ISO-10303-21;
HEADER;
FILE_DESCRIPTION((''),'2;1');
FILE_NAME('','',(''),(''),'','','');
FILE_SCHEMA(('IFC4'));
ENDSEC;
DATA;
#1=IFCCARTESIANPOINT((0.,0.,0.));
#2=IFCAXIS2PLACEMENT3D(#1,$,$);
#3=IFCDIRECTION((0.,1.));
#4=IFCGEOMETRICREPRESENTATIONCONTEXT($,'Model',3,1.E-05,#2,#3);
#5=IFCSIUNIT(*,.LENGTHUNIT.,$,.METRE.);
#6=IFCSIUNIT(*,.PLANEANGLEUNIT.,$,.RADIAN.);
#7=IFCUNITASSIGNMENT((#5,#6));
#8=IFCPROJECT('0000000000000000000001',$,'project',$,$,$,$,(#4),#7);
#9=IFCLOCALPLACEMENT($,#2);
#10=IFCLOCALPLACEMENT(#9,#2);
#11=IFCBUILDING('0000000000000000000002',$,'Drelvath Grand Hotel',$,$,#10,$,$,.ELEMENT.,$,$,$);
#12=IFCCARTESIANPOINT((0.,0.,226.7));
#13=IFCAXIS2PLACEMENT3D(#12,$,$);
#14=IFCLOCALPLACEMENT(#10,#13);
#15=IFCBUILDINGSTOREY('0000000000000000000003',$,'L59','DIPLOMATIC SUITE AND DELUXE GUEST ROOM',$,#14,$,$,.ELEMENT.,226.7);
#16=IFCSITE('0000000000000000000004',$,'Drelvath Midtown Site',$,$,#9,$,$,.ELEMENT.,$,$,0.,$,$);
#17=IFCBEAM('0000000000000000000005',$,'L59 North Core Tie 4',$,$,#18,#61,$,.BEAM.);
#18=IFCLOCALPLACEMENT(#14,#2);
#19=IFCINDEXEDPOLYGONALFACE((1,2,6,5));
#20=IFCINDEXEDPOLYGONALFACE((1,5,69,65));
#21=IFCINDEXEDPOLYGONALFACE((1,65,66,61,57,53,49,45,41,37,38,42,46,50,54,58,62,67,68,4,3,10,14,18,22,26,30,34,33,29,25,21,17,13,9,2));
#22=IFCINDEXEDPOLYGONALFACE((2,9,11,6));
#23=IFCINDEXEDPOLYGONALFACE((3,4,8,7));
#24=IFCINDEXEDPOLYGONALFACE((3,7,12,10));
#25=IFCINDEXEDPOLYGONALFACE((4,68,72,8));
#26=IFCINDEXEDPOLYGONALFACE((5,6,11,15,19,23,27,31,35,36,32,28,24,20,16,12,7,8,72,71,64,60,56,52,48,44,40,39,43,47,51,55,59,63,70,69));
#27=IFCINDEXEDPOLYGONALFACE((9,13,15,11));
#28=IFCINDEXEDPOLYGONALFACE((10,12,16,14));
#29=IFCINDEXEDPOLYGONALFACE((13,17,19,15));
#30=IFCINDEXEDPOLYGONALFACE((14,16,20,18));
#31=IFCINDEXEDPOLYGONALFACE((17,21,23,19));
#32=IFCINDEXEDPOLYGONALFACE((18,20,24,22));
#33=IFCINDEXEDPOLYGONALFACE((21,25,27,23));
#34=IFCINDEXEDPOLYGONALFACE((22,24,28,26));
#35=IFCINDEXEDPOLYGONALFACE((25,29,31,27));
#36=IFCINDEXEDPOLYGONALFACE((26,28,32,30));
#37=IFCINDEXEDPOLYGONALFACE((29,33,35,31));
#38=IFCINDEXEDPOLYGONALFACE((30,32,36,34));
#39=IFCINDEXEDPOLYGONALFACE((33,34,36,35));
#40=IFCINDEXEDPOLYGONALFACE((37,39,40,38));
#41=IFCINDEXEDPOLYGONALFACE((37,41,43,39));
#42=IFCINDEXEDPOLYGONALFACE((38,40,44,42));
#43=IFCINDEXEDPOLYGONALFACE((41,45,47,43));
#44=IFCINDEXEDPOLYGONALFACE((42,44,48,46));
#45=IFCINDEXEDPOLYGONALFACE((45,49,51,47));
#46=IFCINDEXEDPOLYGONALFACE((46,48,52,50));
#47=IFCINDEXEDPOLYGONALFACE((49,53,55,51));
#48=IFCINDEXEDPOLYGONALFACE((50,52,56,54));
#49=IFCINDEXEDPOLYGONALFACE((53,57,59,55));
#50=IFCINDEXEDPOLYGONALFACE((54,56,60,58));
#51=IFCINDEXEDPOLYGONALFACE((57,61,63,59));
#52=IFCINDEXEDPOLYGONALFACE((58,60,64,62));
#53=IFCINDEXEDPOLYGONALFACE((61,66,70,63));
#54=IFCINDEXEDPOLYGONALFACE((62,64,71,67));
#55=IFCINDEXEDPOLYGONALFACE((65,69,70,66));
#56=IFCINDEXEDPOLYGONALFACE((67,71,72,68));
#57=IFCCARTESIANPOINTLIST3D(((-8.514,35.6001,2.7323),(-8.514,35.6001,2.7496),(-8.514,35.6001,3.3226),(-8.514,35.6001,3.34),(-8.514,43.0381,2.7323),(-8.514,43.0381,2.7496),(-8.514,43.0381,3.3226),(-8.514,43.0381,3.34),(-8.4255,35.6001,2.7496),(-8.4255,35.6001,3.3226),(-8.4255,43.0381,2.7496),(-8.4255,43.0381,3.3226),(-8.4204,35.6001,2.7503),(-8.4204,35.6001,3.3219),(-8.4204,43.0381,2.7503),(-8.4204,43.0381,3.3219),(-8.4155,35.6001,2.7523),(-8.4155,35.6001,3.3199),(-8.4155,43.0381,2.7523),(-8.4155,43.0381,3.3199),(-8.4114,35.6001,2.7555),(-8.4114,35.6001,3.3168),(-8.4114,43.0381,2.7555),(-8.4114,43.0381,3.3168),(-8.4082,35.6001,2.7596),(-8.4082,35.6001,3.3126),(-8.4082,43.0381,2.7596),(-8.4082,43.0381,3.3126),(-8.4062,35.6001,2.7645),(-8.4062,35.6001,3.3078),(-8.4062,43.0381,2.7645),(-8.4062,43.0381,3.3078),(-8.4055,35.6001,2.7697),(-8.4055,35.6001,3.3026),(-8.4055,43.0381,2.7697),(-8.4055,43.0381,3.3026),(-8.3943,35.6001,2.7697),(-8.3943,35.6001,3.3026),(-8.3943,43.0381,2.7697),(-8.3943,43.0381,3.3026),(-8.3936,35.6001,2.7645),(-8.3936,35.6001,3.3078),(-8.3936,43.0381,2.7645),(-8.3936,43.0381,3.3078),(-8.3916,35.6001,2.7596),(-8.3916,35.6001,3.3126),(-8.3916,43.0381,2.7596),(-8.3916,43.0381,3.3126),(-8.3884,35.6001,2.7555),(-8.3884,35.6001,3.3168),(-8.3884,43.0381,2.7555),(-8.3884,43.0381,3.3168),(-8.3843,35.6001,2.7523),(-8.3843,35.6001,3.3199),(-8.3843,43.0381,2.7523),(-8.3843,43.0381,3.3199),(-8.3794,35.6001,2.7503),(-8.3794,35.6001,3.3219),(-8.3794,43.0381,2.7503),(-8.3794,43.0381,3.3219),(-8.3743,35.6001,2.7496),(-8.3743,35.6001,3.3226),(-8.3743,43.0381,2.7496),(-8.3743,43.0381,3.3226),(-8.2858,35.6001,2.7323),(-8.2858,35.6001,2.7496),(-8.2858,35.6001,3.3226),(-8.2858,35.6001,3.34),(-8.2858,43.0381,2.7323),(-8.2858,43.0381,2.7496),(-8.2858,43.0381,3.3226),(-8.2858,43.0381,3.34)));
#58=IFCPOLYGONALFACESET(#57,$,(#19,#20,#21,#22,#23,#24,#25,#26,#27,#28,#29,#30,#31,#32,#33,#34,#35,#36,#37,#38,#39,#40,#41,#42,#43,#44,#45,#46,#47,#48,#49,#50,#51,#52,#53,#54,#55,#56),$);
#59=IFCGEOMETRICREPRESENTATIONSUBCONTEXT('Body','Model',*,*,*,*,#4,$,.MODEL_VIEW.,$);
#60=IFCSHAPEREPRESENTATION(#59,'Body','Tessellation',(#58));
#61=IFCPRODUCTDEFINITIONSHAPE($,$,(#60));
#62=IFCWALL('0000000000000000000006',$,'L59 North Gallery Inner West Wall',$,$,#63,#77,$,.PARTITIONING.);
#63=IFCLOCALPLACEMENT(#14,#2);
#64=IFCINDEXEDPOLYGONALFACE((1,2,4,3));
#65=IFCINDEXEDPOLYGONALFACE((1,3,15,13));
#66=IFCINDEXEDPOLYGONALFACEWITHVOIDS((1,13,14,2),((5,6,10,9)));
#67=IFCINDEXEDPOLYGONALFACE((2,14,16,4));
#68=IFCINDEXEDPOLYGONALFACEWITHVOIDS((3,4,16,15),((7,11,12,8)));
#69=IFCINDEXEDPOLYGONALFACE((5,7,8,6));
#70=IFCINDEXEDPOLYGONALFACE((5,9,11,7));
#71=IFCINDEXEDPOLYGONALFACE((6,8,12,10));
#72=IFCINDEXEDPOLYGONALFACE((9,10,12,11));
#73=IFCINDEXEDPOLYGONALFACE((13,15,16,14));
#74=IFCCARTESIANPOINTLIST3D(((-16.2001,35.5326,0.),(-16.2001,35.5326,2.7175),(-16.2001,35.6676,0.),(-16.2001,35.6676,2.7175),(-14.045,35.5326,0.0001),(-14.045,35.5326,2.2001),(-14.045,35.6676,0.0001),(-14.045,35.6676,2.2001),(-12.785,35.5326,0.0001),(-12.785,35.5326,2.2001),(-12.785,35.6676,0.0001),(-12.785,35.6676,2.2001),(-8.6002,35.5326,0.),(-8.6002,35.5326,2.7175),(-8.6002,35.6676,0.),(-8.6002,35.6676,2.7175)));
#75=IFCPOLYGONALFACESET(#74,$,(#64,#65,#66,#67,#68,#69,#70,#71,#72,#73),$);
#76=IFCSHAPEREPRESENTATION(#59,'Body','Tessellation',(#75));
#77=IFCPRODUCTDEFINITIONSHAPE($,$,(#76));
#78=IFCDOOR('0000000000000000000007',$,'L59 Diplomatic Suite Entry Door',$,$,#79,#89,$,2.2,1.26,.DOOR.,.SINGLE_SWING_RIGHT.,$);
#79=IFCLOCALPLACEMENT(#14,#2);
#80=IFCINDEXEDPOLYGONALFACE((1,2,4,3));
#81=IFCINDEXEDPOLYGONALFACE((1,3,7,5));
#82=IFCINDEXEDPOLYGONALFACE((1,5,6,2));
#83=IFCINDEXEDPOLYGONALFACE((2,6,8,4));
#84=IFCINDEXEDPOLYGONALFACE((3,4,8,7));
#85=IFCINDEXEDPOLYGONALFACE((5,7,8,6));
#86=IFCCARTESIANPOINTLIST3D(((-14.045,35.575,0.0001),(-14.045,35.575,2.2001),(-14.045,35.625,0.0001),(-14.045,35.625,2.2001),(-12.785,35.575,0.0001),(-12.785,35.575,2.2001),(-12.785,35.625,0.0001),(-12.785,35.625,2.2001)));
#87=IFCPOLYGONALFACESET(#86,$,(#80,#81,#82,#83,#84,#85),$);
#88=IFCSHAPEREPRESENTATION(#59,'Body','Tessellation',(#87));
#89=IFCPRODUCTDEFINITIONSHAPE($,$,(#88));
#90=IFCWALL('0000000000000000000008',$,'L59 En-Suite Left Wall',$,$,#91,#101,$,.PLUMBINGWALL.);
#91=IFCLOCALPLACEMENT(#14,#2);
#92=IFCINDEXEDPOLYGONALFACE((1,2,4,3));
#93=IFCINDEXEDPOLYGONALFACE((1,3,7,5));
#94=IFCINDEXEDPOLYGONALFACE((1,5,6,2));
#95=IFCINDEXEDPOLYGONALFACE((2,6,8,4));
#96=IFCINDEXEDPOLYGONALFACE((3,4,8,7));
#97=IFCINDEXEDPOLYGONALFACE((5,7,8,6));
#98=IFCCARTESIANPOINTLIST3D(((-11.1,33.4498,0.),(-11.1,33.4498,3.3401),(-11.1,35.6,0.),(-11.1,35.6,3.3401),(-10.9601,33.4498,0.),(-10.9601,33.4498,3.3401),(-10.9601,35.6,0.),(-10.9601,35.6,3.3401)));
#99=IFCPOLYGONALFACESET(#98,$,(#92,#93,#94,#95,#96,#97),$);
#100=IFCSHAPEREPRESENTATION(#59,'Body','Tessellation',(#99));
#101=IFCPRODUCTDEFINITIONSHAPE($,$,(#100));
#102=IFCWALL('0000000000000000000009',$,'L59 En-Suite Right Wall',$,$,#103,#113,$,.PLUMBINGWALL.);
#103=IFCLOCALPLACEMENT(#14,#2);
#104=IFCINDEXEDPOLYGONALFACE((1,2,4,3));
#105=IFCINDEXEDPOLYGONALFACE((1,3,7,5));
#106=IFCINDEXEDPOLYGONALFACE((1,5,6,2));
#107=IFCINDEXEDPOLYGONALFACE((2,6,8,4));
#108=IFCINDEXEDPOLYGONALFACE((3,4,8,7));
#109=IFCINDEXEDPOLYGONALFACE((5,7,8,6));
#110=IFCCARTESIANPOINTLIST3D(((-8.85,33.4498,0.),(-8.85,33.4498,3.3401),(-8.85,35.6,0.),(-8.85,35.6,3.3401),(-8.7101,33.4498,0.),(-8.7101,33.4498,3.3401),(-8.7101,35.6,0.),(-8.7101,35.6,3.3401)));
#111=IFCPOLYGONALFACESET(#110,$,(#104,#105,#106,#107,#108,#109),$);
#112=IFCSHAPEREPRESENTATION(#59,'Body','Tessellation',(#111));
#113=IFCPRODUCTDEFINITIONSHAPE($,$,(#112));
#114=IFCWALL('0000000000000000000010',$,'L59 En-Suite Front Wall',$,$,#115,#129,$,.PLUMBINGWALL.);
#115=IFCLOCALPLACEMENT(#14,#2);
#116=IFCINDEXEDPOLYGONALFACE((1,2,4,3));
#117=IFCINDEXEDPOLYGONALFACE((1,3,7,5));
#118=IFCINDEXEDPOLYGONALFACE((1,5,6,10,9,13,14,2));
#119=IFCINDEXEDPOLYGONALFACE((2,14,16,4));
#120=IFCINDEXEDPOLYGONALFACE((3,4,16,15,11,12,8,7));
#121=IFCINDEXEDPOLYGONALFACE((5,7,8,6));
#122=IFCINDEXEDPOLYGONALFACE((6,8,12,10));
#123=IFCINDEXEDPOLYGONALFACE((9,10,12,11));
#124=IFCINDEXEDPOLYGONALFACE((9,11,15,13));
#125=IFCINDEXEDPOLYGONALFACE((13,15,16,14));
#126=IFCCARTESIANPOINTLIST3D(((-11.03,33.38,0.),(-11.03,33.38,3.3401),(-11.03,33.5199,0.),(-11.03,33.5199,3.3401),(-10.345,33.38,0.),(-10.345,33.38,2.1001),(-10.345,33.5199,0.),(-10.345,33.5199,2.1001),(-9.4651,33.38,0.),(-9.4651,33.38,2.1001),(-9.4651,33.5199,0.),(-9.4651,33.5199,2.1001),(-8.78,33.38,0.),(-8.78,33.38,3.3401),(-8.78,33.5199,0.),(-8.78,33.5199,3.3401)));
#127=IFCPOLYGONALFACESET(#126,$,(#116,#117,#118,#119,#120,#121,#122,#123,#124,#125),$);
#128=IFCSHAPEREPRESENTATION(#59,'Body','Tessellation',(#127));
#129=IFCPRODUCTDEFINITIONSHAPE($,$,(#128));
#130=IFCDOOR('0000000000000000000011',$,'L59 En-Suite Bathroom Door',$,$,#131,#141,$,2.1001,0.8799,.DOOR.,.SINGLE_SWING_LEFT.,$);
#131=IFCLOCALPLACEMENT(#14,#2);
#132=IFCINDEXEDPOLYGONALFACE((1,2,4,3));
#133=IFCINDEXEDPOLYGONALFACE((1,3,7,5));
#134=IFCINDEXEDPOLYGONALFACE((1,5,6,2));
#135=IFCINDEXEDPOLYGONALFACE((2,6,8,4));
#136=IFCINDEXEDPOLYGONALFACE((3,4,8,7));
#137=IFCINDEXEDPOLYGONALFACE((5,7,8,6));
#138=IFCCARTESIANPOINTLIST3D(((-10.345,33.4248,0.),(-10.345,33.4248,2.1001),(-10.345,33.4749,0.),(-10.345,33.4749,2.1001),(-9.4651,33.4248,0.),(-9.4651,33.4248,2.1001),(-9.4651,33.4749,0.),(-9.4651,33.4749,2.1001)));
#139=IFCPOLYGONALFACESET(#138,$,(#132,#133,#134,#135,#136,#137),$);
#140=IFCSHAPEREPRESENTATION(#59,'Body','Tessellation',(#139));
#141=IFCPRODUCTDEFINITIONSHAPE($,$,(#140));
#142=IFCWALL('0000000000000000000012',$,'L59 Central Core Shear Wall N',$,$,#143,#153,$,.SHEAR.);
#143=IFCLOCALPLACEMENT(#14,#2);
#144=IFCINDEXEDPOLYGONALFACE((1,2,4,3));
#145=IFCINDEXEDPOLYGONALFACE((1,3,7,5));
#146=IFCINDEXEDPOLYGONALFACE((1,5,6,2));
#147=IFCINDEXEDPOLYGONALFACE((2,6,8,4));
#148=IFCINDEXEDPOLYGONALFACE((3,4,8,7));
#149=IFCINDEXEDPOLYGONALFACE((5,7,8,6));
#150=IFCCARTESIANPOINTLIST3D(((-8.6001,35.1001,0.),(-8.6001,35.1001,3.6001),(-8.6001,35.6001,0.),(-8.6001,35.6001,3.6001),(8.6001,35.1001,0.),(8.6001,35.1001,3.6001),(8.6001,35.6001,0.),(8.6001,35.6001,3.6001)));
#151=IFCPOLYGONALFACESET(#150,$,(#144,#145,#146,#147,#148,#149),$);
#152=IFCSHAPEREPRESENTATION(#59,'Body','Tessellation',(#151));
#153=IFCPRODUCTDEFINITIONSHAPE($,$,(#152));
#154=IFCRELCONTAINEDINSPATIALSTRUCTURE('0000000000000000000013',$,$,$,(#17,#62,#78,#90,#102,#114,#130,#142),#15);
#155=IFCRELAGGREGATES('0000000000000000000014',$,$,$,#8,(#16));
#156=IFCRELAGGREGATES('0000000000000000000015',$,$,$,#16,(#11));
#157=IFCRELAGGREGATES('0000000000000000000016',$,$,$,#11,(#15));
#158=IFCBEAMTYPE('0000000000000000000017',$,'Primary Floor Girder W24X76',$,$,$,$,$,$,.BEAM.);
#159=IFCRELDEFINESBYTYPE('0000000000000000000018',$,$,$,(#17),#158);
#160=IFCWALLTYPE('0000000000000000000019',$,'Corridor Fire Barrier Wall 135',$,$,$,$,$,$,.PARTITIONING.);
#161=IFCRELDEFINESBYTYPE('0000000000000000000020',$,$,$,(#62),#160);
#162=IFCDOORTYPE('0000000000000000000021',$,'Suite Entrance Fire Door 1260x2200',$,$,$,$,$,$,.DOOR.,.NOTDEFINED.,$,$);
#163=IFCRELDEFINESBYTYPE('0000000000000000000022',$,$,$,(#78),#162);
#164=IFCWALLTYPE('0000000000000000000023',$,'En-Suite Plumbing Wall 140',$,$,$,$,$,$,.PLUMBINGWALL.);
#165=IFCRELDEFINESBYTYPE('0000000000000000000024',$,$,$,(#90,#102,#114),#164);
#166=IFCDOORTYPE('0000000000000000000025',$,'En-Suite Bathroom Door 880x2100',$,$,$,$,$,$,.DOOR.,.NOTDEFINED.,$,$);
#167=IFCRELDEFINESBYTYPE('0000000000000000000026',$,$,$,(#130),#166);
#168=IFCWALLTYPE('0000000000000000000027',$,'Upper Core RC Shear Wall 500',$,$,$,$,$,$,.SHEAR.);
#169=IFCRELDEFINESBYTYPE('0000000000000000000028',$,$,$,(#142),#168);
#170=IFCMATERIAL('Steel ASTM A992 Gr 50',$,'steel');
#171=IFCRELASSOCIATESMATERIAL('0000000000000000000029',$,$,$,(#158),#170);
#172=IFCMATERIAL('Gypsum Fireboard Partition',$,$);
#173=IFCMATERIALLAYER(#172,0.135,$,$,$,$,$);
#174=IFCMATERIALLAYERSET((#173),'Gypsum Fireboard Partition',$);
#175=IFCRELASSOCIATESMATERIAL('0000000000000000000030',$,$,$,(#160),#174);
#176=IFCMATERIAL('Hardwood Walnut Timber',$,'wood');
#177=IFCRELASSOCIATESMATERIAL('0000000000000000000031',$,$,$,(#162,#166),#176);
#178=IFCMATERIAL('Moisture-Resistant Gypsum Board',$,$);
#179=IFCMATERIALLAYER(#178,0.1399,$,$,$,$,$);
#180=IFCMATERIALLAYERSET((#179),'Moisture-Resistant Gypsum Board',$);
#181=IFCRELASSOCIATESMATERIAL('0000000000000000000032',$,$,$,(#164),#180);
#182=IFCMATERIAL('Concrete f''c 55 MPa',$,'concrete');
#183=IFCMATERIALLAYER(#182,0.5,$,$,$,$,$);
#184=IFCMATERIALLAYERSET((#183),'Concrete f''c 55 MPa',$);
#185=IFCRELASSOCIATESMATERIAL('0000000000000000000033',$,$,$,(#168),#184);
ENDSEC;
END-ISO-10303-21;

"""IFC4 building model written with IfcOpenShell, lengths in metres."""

from ifc_helpers import new_model, si_unit, direction, frame, frame_2d, origin, origin_2d, place, context, subcontext, project, spatial, rectangle, i_section, extrude, material, layer, layer_set, material_profile, profile_set, type_object, element, fill, save


model = new_model("IFC4")

# Units and contexts
model_context = context("Model", 3, precision=1e-05, world=origin(), true_north=direction((0.0, 1.0)))
body_context = subcontext(model_context, "Body", "Model", "MODEL_VIEW")
ifc_project = project(units=[si_unit("LENGTHUNIT", "METRE"), si_unit("PLANEANGLEUNIT", "RADIAN")], contexts=[model_context])

# Site, building, storey
site_placement = place(None, origin())
site = spatial("IfcSite", under=ifc_project, at=site_placement, Name="Drelvath Midtown Site", CompositionType="ELEMENT", RefElevation=0.0)
building_placement = place(site_placement, origin())
building = spatial("IfcBuilding", under=site, at=building_placement, Name="Drelvath Grand Hotel", CompositionType="ELEMENT")
storey_placement = place(building_placement, frame((0.0, 0.0, 226.7)))
storey = spatial("IfcBuildingStorey", under=building, at=storey_placement, Name="L59", Description="DIPLOMATIC SUITE AND DELUXE GUEST ROOM", CompositionType="ELEMENT", Elevation=226.7)

# Beam
ifc_material_1 = material(Name="Concrete f'c 55 MPa", Category="concrete")
ifc_material_2 = material(Name="Steel ASTM A992 Gr 50", Category="steel")
ifc_material_profile_1 = material_profile(ifc_material_2, i_section(OverallWidth=0.2283, OverallDepth=0.6077, WebThickness=0.0112, FlangeThickness=0.0173, FilletRadius=0.02, at=origin_2d()), Name="W24X76")
ifc_profile_set_1 = profile_set([ifc_material_profile_1], Name="Steel ASTM A992 Gr 50")
beam_type_1 = type_object("IfcBeamType", Name="Primary Floor Girder W24X76", PredefinedType="BEAM", material=ifc_profile_set_1)
for number, where, z_axis, x_axis, name in (
    (1, (-8.3999, 35.6001, 3.0361), (0.0, 1.0, 0.0), (-1.0, 0.0, 0.0), "L59 North Core Tie 4"),
):
    element("IfcBeam", number, at=place(storey_placement, frame(where, z_axis=z_axis, x_axis=x_axis)), inside=storey, type_object=beam_type_1, Name=name, PredefinedType="BEAM", context=body_context, shape_type="SweptSolid", body=[
        extrude(i_section(OverallWidth=0.2283, OverallDepth=0.6077, WebThickness=0.0112, FlangeThickness=0.0173, FilletRadius=0.02, at=origin_2d()), origin(), (0.0, 0.0, 1.0), 7.438),
    ])

# Wall, opening, door
ifc_material_3 = material(Name="Gypsum Fireboard Partition")
ifc_layer_1 = layer(ifc_material_3, 0.135)
ifc_layer_set_1 = layer_set([ifc_layer_1], Name="Gypsum Fireboard Partition")
wall_type_1 = type_object("IfcWallType", Name="Corridor Fire Barrier Wall 135", PredefinedType="PARTITIONING", material=ifc_layer_set_1)
wall_1_placement = place(storey_placement, frame((-16.2, 35.6001, 0.0), z_axis=(0.0, 0.0, 1.0), x_axis=(1.0, 0.0, 0.0)))
wall_1 = element("IfcWall", 2, at=wall_1_placement, inside=storey, type_object=wall_type_1, Name="L59 North Gallery Inner West Wall", PredefinedType="PARTITIONING", context=body_context, shape_type="SweptSolid", body=[
    extrude(rectangle(XDim=7.5999, YDim=0.135, at=frame_2d((3.7998, 0.0))), origin(), (0.0, 0.0, 1.0), 2.7175),
])
opening_1_placement = place(wall_1_placement, frame((2.155, 0.0, 0.0)))
opening_1 = element("IfcOpeningElement", 3, at=opening_1_placement, cuts=wall_1, PredefinedType="OPENING", context=body_context, shape_type="SweptSolid", body=[
    extrude(rectangle(XDim=1.26, YDim=2.2, at=frame_2d((0.6299, 1.1001))), frame((0.0, 0.0774, 0.0), z_axis=(0.0, -1.0, 0.0), x_axis=(1.0, 0.0, 0.0)), (0.0, 0.0, 1.0), 0.155),
])
ifc_material_4 = material(Name="Hardwood Walnut Timber", Category="wood")
door_type_1 = type_object("IfcDoorType", Name="Suite Entrance Fire Door 1260x2200", OperationType="NOTDEFINED", PredefinedType="DOOR", material=ifc_material_4)
door_1_placement = place(opening_1_placement, origin())
door_1 = element("IfcDoor", 4, at=door_1_placement, inside=storey, type_object=door_type_1, Name="L59 Diplomatic Suite Entry Door", OperationType="SINGLE_SWING_RIGHT", OverallHeight=2.2, OverallWidth=1.26, PredefinedType="DOOR", context=body_context, shape_type="SweptSolid", body=[
    extrude(rectangle(XDim=1.26, YDim=2.2, at=frame_2d((0.6299, 1.1001))), frame((0.0, 0.0249, 0.0), z_axis=(0.0, -1.0, 0.0), x_axis=(1.0, 0.0, 0.0)), (0.0, 0.0, 1.0), 0.05),
])
fill(opening_1, door_1)

# Walls
ifc_material_5 = material(Name="Moisture-Resistant Gypsum Board")
ifc_layer_2 = layer(ifc_material_5, 0.1399)
ifc_layer_set_2 = layer_set([ifc_layer_2], Name="Moisture-Resistant Gypsum Board")
wall_type_2 = type_object("IfcWallType", Name="En-Suite Plumbing Wall 140", PredefinedType="PLUMBINGWALL", material=ifc_layer_set_2)
for number, where, z_axis, x_axis, name in (
    (5, (-11.03, 35.6001, 0.0), (0.0, 0.0, 1.0), (0.0, -1.0, 0.0), "L59 En-Suite Left Wall"),
    (6, (-8.78, 35.6001, 0.0), (0.0, 0.0, 1.0), (0.0, -1.0, 0.0), "L59 En-Suite Right Wall"),
):
    element("IfcWall", number, at=place(storey_placement, frame(where, z_axis=z_axis, x_axis=x_axis)), inside=storey, type_object=wall_type_2, Name=name, PredefinedType="PLUMBINGWALL", context=body_context, shape_type="SweptSolid", body=[
        extrude(rectangle(XDim=2.1501, YDim=0.1399, at=frame_2d((1.0752, 0.0))), origin(), (0.0, 0.0, 1.0), 3.3401),
    ])

# Wall, opening, door
wall_2_placement = place(storey_placement, frame((-11.03, 33.45, 0.0), z_axis=(0.0, 0.0, 1.0), x_axis=(1.0, 0.0, 0.0)))
wall_2 = element("IfcWall", 7, at=wall_2_placement, inside=storey, type_object=wall_type_2, Name="L59 En-Suite Front Wall", PredefinedType="PLUMBINGWALL", context=body_context, shape_type="SweptSolid", body=[
    extrude(rectangle(XDim=2.25, YDim=0.1399, at=frame_2d((1.125, 0.0))), origin(), (0.0, 0.0, 1.0), 3.3401),
])
opening_2_placement = place(wall_2_placement, frame((0.6851, 0.0, 0.0)))
opening_2 = element("IfcOpeningElement", 8, at=opening_2_placement, cuts=wall_2, PredefinedType="OPENING", context=body_context, shape_type="SweptSolid", body=[
    extrude(rectangle(XDim=0.8799, YDim=2.1001, at=frame_2d((0.4399, 1.05))), frame((0.0, 0.0798, 0.0), z_axis=(0.0, -1.0, 0.0), x_axis=(1.0, 0.0, 0.0)), (0.0, 0.0, 1.0), 0.1599),
])
door_type_2 = type_object("IfcDoorType", Name="En-Suite Bathroom Door 880x2100", OperationType="NOTDEFINED", PredefinedType="DOOR", material=ifc_material_4)
door_2_placement = place(opening_2_placement, origin())
door_2 = element("IfcDoor", 9, at=door_2_placement, inside=storey, type_object=door_type_2, Name="L59 En-Suite Bathroom Door", OperationType="SINGLE_SWING_LEFT", OverallHeight=2.1001, OverallWidth=0.8799, PredefinedType="DOOR", context=body_context, shape_type="SweptSolid", body=[
    extrude(rectangle(XDim=0.8799, YDim=2.1001, at=frame_2d((0.4399, 1.05))), frame((0.0, 0.0249, 0.0), z_axis=(0.0, -1.0, 0.0), x_axis=(1.0, 0.0, 0.0)), (0.0, 0.0, 1.0), 0.05),
])
fill(opening_2, door_2)

# Wall
ifc_layer_3 = layer(ifc_material_1, 0.5)
ifc_layer_set_3 = layer_set([ifc_layer_3], Name="Concrete f'c 55 MPa")
wall_type_3 = type_object("IfcWallType", Name="Upper Core RC Shear Wall 500", PredefinedType="SHEAR", material=ifc_layer_set_3)
wall_3_placement = place(storey_placement, frame((-8.6001, 35.3501, 0.0), z_axis=(0.0, 0.0, 1.0), x_axis=(1.0, 0.0, 0.0)))
element("IfcWall", 10, at=wall_3_placement, inside=storey, type_object=wall_type_3, Name="L59 Central Core Shear Wall N", PredefinedType="SHEAR", context=body_context, shape_type="SweptSolid", body=[
    extrude(rectangle(XDim=17.2002, YDim=0.5, at=frame_2d((8.6001, 0.0))), origin(), (0.0, 0.0, 1.0), 3.6001),
])

save(model, "model.ifc")
